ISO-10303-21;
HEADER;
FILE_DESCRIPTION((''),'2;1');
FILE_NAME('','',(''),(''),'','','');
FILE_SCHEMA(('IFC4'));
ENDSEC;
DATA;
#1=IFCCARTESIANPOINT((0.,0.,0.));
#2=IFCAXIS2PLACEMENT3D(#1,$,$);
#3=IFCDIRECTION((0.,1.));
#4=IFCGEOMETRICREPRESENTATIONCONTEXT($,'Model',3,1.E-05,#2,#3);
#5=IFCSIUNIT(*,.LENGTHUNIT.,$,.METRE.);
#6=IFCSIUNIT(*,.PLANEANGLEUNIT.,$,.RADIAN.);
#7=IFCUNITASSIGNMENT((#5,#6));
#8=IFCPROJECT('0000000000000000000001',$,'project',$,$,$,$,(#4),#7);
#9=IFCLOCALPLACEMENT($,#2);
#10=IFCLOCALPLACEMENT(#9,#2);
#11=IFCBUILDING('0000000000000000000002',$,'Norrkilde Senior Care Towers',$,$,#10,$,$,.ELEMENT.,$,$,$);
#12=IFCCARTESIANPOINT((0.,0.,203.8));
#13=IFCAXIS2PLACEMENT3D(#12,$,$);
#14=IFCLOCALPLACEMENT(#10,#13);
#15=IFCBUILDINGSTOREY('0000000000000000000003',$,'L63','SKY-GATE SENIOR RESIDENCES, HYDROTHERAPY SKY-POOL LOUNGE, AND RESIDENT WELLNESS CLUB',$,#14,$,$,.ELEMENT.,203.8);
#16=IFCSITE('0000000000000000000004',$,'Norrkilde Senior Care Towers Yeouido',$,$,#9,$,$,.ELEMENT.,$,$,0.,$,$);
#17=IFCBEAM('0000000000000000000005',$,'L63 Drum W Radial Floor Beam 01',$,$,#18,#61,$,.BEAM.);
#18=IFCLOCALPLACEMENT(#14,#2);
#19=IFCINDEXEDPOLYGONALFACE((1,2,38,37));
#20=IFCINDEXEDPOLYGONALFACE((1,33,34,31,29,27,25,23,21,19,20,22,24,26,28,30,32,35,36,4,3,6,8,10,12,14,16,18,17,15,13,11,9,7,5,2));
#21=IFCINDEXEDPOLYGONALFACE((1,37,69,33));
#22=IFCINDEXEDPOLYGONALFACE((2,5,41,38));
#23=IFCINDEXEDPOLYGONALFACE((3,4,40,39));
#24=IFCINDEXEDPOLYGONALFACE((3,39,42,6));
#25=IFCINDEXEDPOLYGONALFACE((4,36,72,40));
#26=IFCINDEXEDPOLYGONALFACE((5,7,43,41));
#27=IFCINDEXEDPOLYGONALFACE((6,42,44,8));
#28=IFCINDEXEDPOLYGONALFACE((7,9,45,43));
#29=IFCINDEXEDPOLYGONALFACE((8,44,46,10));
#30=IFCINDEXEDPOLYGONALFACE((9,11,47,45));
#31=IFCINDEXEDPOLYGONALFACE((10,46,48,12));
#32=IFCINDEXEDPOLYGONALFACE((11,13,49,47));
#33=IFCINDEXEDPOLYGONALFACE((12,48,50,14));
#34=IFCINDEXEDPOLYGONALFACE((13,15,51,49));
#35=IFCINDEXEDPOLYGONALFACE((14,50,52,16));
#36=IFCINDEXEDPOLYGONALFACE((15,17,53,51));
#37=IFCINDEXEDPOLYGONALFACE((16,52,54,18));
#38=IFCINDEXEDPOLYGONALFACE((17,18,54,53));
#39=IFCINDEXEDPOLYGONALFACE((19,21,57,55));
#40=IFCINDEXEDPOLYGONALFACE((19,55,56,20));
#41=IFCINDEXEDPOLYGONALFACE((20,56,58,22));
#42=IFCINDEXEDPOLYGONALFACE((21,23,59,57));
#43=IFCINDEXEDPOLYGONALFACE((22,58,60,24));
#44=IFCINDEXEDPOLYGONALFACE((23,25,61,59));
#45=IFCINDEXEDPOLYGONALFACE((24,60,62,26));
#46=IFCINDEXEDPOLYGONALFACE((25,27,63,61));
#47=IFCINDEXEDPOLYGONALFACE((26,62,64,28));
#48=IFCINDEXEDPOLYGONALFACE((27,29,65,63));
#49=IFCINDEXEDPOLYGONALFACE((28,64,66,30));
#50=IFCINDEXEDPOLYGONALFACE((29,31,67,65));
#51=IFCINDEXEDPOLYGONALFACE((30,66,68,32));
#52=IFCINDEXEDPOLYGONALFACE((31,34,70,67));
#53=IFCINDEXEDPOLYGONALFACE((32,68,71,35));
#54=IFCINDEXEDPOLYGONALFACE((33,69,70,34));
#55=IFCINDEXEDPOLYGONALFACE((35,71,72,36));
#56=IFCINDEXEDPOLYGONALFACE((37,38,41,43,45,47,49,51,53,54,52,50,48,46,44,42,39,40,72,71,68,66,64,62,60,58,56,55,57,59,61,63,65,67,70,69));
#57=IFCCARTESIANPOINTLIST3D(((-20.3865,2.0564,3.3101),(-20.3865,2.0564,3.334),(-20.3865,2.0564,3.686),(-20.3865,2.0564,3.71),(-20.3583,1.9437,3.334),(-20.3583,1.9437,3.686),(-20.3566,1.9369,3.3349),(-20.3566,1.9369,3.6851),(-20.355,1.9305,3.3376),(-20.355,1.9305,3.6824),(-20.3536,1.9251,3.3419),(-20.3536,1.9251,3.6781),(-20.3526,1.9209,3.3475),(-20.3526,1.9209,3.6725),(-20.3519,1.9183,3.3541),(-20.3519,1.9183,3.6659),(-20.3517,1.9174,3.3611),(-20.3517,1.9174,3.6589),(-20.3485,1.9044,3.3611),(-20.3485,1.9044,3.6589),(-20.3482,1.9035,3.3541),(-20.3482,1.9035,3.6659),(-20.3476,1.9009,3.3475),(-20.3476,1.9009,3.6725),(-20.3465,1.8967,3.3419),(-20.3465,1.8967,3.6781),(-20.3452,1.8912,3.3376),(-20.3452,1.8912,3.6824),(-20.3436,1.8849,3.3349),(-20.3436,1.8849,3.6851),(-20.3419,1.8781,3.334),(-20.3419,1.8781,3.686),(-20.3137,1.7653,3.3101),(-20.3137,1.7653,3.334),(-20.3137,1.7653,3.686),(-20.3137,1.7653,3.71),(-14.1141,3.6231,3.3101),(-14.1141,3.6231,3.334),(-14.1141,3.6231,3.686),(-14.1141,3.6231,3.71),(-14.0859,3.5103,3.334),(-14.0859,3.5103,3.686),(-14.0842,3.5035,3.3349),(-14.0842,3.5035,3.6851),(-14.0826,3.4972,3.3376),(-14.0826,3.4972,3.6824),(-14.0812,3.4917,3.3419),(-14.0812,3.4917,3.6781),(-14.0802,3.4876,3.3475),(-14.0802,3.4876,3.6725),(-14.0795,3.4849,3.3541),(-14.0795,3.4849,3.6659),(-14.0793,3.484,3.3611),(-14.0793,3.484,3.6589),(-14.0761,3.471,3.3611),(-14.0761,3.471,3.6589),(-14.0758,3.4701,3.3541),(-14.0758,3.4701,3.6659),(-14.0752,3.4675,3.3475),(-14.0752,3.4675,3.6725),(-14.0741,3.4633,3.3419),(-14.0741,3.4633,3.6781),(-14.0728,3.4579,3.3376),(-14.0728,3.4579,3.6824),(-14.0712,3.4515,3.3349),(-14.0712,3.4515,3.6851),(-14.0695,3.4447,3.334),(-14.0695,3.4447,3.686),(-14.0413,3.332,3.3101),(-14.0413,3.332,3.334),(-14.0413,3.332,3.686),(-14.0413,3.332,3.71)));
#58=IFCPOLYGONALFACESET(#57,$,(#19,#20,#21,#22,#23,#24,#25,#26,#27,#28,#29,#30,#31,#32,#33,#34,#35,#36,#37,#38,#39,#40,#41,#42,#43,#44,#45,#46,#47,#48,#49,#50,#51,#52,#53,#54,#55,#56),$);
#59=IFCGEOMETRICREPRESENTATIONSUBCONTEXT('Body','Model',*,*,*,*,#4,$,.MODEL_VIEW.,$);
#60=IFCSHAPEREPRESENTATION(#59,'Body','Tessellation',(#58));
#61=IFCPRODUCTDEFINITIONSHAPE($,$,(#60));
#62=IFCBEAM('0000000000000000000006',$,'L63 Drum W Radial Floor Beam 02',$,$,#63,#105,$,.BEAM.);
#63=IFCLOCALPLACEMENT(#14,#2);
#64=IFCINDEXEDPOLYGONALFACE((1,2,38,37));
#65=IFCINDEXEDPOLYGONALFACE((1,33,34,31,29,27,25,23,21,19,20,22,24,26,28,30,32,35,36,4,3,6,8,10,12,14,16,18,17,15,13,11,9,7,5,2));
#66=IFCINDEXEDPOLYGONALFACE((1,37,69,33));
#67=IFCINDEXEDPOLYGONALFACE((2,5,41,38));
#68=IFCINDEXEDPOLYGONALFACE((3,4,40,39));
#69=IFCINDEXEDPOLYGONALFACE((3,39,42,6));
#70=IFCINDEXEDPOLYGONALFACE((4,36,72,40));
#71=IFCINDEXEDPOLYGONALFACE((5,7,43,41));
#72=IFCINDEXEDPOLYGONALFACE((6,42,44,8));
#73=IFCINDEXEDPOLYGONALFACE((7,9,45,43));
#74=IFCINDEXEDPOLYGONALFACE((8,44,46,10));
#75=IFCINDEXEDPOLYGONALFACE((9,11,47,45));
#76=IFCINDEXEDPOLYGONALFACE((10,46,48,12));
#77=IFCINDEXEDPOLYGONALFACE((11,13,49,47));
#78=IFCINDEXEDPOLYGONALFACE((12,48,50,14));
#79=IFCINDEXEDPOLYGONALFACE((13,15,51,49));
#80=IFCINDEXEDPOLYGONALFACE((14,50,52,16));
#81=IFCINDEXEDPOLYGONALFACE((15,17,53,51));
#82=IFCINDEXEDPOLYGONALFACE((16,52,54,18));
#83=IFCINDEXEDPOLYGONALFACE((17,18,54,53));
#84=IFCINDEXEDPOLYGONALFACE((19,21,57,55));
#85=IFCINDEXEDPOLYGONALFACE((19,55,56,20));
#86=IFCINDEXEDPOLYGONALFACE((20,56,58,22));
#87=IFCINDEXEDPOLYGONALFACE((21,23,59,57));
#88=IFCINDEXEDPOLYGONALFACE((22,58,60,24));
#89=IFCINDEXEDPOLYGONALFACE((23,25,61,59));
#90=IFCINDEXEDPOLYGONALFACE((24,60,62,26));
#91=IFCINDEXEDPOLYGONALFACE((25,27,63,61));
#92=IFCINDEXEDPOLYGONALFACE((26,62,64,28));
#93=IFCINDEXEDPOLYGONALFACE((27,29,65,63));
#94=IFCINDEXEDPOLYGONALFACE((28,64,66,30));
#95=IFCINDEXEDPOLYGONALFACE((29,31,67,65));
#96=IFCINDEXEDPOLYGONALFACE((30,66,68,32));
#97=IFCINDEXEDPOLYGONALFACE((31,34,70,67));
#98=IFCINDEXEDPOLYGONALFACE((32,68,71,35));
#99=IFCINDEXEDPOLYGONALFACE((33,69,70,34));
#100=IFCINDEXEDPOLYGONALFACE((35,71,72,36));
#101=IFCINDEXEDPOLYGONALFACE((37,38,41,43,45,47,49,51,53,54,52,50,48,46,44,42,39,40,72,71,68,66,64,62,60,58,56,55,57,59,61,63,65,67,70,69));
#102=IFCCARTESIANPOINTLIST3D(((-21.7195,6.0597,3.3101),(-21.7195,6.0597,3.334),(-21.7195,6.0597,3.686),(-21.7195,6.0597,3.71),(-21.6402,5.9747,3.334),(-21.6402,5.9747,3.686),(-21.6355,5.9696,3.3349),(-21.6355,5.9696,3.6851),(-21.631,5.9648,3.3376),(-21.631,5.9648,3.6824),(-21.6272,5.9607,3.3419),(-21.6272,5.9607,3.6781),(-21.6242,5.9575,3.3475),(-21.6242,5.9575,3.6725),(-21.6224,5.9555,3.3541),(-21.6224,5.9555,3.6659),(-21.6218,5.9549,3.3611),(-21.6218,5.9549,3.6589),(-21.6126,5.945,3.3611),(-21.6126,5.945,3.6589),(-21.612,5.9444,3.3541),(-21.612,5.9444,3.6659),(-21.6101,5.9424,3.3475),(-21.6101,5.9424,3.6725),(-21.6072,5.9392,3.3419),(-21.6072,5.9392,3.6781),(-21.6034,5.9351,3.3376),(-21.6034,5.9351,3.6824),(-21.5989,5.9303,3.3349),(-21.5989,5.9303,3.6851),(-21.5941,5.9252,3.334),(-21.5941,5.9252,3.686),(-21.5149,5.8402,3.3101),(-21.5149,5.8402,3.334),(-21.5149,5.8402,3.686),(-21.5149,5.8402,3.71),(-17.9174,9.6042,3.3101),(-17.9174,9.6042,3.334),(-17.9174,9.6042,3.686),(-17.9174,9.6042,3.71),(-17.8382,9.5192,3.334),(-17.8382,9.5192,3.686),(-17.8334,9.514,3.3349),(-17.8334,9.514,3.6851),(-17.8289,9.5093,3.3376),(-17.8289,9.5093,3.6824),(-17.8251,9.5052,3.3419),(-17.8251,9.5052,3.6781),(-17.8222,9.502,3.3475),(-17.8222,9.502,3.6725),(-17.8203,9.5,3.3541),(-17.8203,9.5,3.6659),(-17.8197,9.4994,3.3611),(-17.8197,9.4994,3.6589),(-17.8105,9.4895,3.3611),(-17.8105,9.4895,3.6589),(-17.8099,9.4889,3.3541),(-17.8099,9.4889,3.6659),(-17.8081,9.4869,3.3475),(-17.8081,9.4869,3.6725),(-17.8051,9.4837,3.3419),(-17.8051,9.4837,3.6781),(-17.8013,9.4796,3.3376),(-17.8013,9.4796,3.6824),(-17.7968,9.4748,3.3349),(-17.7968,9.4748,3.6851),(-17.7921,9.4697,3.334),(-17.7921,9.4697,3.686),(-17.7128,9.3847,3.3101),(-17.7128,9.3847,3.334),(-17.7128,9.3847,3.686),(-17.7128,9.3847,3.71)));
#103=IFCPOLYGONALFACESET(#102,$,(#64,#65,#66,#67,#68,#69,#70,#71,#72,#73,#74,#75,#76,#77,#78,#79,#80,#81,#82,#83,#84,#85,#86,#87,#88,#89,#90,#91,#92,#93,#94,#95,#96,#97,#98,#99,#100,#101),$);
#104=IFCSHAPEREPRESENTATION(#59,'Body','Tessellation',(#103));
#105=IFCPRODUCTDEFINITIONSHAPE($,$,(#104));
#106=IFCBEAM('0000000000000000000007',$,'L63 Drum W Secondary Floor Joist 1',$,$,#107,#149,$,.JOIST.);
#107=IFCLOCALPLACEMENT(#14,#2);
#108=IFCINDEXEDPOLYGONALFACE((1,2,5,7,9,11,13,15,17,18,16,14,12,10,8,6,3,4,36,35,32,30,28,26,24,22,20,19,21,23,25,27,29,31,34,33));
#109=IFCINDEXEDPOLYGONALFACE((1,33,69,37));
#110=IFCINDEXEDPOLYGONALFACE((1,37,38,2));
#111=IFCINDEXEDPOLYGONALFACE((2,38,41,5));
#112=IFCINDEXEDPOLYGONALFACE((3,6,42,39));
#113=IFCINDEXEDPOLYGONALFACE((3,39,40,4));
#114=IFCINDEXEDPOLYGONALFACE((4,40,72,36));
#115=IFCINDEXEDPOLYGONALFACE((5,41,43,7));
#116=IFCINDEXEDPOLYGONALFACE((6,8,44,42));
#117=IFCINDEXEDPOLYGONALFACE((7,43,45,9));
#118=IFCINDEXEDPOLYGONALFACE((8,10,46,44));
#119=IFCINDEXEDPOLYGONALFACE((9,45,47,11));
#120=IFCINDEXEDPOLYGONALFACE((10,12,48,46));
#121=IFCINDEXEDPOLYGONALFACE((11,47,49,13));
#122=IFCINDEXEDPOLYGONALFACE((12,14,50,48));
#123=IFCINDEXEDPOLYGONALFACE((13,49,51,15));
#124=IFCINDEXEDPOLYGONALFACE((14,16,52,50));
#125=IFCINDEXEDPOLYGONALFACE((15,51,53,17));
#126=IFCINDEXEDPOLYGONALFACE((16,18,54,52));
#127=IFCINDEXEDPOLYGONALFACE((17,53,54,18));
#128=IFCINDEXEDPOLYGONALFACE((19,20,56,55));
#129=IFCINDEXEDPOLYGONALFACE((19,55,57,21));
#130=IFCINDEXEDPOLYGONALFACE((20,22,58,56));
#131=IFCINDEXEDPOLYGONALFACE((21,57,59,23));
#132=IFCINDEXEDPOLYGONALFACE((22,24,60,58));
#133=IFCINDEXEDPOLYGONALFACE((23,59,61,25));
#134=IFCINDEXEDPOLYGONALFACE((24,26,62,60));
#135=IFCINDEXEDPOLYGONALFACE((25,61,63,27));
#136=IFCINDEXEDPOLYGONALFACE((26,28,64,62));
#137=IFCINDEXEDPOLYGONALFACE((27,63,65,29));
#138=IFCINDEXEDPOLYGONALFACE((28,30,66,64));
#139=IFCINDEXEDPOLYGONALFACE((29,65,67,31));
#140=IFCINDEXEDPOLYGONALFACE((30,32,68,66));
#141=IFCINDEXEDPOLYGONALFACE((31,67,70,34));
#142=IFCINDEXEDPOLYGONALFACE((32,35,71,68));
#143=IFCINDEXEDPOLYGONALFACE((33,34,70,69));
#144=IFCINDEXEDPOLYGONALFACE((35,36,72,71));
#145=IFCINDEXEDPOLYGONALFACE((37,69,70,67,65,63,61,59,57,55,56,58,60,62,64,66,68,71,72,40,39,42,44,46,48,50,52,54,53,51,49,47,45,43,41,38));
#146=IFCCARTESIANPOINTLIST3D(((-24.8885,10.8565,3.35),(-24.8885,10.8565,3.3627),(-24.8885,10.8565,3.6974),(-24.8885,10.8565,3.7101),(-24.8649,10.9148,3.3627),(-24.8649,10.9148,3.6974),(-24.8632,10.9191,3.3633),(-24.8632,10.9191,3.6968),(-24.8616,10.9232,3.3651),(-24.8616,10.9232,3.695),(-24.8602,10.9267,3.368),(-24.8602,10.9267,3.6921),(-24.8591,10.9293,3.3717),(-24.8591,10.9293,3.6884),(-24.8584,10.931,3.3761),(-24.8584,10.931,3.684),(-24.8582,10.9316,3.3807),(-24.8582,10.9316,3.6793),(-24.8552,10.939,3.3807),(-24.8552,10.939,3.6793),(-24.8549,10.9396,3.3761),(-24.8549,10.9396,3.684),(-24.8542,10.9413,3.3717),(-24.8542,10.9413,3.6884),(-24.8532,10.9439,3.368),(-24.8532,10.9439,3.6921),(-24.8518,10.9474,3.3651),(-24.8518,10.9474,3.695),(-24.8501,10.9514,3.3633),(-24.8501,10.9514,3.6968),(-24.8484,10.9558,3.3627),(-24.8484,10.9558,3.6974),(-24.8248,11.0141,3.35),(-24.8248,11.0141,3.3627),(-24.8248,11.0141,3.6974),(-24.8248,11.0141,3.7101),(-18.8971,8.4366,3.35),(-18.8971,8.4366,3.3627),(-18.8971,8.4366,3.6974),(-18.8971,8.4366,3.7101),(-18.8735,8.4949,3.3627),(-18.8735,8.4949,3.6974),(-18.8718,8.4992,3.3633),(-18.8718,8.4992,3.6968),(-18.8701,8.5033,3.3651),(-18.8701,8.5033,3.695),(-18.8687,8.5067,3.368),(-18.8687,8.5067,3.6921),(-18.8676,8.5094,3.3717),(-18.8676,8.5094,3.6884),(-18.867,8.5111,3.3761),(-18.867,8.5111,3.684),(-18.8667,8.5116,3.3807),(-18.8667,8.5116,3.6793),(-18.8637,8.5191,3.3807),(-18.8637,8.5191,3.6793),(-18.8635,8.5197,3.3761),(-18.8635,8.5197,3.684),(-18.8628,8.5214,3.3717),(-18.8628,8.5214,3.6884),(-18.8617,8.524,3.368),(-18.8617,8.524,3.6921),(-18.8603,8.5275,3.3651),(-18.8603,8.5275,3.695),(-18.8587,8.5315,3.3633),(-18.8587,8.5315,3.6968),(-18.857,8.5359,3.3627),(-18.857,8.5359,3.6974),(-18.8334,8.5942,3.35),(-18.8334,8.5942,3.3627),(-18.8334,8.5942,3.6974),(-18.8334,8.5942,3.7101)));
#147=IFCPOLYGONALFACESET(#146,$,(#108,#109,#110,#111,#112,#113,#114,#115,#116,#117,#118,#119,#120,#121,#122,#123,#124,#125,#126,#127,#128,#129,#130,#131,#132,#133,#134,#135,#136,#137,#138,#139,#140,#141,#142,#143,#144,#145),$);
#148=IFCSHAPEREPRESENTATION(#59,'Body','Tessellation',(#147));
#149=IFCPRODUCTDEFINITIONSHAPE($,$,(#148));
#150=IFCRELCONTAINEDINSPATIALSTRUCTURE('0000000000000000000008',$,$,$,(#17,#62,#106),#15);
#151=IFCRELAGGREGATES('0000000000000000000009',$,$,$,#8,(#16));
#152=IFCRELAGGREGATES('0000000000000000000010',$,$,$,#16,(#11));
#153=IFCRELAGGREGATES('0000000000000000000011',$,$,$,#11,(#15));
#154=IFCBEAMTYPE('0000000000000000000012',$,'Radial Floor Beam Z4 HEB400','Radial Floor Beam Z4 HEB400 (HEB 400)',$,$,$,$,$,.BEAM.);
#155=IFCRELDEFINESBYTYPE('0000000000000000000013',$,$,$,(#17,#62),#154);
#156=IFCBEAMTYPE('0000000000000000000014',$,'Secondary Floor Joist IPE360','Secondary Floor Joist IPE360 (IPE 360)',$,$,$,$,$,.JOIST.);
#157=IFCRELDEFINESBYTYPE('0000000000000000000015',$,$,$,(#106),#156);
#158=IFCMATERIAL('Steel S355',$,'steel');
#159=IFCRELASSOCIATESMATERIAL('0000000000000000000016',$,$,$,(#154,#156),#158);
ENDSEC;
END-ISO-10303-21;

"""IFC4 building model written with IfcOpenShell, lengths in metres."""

from ifc_helpers import new_model, si_unit, direction, frame, origin, origin_2d, place, context, subcontext, project, spatial, i_section, extrude, source, transform, mapped, material, material_profile, profile_set, type_object, type_shapes, element, save


model = new_model("IFC4")

# Units and contexts
model_context = context("Model", 3, precision=1e-05, world=origin(), true_north=direction((0.0, 1.0)))
body_context = subcontext(model_context, "Body", "Model", "MODEL_VIEW")
ifc_project = project(units=[si_unit("LENGTHUNIT", "METRE"), si_unit("PLANEANGLEUNIT", "RADIAN")], contexts=[model_context])

# Site, building, storey
site_placement = place(None, origin())
site = spatial("IfcSite", under=ifc_project, at=site_placement, Name="Norrkilde Senior Care Towers Yeouido", CompositionType="ELEMENT", RefElevation=0.0)
building_placement = place(site_placement, origin())
building = spatial("IfcBuilding", under=site, at=building_placement, Name="Norrkilde Senior Care Towers", CompositionType="ELEMENT")
storey_placement = place(building_placement, frame((0.0, 0.0, 203.8)))
storey = spatial("IfcBuildingStorey", under=building, at=storey_placement, Name="L63", Description="SKY-GATE SENIOR RESIDENCES, HYDROTHERAPY SKY-POOL LOUNGE, AND RESIDENT WELLNESS CLUB", CompositionType="ELEMENT", Elevation=203.8)

# Beams
ifc_material_1 = material(Name="Steel S355", Category="steel")
ifc_material_profile_1 = material_profile(ifc_material_1, i_section(OverallWidth=0.3, OverallDepth=0.3999, WebThickness=0.0134, FlangeThickness=0.0239, FilletRadius=0.0271, at=origin_2d()), Name="HEB 400")
ifc_profile_set_1 = profile_set([ifc_material_profile_1], Name="Steel S355")
beam_type_1 = type_object("IfcBeamType", Name="Radial Floor Beam Z4 HEB400", Description="Radial Floor Beam Z4 HEB400 (HEB 400)", PredefinedType="BEAM", material=ifc_profile_set_1)
shared_shape_1 = source(origin(), body_context, "Body", "SweptSolid", [
    extrude(i_section(OverallWidth=0.3, OverallDepth=0.3999, WebThickness=0.0134, FlangeThickness=0.0239, FilletRadius=0.0271, at=origin_2d()), origin(), (0.0, 0.0, 1.0), 6.4651),
])
beam_1_placement = place(storey_placement, frame((-20.3501, 1.9109, 3.51), z_axis=(0.970196, 0.242322, 0.0), x_axis=(-0.242322, 0.970196, 0.0)))
element("IfcBeam", 1, at=beam_1_placement, inside=storey, type_object=beam_type_1, Name="L63 Drum W Radial Floor Beam 01", PredefinedType="BEAM", context=body_context, shape_type="MappedRepresentation", body=[
    mapped(shared_shape_1, transform((0.0, 0.0, 0.0), x_axis=(1.0, 0.0, 0.0), y_axis=(0.0, 1.0, 0.0), z_axis=(0.0, 0.0, 1.0), scale=1.0)),
])
shared_shape_2 = source(origin(), body_context, "Body", "SweptSolid", [
    extrude(i_section(OverallWidth=0.3, OverallDepth=0.3999, WebThickness=0.0134, FlangeThickness=0.0239, FilletRadius=0.0271, at=origin_2d()), origin(), (0.0, 0.0, 1.0), 5.198),
])
beam_2_placement = place(storey_placement, frame((-21.6172, 5.95, 3.51), z_axis=(0.731449, 0.681896, 0.0), x_axis=(-0.681896, 0.731449, 0.0)))
element("IfcBeam", 2, at=beam_2_placement, inside=storey, type_object=beam_type_1, Name="L63 Drum W Radial Floor Beam 02", PredefinedType="BEAM", context=body_context, shape_type="MappedRepresentation", body=[
    mapped(shared_shape_2, transform((0.0, 0.0, 0.0), x_axis=(1.0, 0.0, 0.0), y_axis=(0.0, 1.0, 0.0), z_axis=(0.0, 0.0, 1.0), scale=1.0)),
])
ifc_material_profile_2 = material_profile(ifc_material_1, i_section(OverallWidth=0.1699, OverallDepth=0.3601, WebThickness=0.0081, FlangeThickness=0.0127, FilletRadius=0.0181, at=origin_2d()), Name="IPE 360")
ifc_profile_set_2 = profile_set([ifc_material_profile_2], Name="Steel S355")
beam_type_2 = type_object("IfcBeamType", Name="Secondary Floor Joist IPE360", Description="Secondary Floor Joist IPE360 (IPE 360)", PredefinedType="JOIST", material=ifc_profile_set_2)
shared_shape_3 = source(origin(), body_context, "Body", "SweptSolid", [
    extrude(i_section(OverallWidth=0.1699, OverallDepth=0.3601, WebThickness=0.0081, FlangeThickness=0.0127, FilletRadius=0.0181, at=origin_2d()), origin(), (0.0, 0.0, 1.0), 6.4617),
])
type_shapes(beam_type_2, [shared_shape_3])
beam_3_placement = place(storey_placement, frame((-18.8652, 8.5154, 3.53), z_axis=(-0.927226, 0.374502, 0.0), x_axis=(-0.374502, -0.927226, 0.0)))
element("IfcBeam", 3, at=beam_3_placement, inside=storey, type_object=beam_type_2, Name="L63 Drum W Secondary Floor Joist 1", PredefinedType="JOIST", context=body_context, shape_type="MappedRepresentation", body=[
    mapped(shared_shape_3, transform((0.0, 0.0, 0.0), x_axis=(1.0, 0.0, 0.0), y_axis=(0.0, 1.0, 0.0), z_axis=(0.0, 0.0, 1.0), scale=1.0)),
])

save(model, "model.ifc")
